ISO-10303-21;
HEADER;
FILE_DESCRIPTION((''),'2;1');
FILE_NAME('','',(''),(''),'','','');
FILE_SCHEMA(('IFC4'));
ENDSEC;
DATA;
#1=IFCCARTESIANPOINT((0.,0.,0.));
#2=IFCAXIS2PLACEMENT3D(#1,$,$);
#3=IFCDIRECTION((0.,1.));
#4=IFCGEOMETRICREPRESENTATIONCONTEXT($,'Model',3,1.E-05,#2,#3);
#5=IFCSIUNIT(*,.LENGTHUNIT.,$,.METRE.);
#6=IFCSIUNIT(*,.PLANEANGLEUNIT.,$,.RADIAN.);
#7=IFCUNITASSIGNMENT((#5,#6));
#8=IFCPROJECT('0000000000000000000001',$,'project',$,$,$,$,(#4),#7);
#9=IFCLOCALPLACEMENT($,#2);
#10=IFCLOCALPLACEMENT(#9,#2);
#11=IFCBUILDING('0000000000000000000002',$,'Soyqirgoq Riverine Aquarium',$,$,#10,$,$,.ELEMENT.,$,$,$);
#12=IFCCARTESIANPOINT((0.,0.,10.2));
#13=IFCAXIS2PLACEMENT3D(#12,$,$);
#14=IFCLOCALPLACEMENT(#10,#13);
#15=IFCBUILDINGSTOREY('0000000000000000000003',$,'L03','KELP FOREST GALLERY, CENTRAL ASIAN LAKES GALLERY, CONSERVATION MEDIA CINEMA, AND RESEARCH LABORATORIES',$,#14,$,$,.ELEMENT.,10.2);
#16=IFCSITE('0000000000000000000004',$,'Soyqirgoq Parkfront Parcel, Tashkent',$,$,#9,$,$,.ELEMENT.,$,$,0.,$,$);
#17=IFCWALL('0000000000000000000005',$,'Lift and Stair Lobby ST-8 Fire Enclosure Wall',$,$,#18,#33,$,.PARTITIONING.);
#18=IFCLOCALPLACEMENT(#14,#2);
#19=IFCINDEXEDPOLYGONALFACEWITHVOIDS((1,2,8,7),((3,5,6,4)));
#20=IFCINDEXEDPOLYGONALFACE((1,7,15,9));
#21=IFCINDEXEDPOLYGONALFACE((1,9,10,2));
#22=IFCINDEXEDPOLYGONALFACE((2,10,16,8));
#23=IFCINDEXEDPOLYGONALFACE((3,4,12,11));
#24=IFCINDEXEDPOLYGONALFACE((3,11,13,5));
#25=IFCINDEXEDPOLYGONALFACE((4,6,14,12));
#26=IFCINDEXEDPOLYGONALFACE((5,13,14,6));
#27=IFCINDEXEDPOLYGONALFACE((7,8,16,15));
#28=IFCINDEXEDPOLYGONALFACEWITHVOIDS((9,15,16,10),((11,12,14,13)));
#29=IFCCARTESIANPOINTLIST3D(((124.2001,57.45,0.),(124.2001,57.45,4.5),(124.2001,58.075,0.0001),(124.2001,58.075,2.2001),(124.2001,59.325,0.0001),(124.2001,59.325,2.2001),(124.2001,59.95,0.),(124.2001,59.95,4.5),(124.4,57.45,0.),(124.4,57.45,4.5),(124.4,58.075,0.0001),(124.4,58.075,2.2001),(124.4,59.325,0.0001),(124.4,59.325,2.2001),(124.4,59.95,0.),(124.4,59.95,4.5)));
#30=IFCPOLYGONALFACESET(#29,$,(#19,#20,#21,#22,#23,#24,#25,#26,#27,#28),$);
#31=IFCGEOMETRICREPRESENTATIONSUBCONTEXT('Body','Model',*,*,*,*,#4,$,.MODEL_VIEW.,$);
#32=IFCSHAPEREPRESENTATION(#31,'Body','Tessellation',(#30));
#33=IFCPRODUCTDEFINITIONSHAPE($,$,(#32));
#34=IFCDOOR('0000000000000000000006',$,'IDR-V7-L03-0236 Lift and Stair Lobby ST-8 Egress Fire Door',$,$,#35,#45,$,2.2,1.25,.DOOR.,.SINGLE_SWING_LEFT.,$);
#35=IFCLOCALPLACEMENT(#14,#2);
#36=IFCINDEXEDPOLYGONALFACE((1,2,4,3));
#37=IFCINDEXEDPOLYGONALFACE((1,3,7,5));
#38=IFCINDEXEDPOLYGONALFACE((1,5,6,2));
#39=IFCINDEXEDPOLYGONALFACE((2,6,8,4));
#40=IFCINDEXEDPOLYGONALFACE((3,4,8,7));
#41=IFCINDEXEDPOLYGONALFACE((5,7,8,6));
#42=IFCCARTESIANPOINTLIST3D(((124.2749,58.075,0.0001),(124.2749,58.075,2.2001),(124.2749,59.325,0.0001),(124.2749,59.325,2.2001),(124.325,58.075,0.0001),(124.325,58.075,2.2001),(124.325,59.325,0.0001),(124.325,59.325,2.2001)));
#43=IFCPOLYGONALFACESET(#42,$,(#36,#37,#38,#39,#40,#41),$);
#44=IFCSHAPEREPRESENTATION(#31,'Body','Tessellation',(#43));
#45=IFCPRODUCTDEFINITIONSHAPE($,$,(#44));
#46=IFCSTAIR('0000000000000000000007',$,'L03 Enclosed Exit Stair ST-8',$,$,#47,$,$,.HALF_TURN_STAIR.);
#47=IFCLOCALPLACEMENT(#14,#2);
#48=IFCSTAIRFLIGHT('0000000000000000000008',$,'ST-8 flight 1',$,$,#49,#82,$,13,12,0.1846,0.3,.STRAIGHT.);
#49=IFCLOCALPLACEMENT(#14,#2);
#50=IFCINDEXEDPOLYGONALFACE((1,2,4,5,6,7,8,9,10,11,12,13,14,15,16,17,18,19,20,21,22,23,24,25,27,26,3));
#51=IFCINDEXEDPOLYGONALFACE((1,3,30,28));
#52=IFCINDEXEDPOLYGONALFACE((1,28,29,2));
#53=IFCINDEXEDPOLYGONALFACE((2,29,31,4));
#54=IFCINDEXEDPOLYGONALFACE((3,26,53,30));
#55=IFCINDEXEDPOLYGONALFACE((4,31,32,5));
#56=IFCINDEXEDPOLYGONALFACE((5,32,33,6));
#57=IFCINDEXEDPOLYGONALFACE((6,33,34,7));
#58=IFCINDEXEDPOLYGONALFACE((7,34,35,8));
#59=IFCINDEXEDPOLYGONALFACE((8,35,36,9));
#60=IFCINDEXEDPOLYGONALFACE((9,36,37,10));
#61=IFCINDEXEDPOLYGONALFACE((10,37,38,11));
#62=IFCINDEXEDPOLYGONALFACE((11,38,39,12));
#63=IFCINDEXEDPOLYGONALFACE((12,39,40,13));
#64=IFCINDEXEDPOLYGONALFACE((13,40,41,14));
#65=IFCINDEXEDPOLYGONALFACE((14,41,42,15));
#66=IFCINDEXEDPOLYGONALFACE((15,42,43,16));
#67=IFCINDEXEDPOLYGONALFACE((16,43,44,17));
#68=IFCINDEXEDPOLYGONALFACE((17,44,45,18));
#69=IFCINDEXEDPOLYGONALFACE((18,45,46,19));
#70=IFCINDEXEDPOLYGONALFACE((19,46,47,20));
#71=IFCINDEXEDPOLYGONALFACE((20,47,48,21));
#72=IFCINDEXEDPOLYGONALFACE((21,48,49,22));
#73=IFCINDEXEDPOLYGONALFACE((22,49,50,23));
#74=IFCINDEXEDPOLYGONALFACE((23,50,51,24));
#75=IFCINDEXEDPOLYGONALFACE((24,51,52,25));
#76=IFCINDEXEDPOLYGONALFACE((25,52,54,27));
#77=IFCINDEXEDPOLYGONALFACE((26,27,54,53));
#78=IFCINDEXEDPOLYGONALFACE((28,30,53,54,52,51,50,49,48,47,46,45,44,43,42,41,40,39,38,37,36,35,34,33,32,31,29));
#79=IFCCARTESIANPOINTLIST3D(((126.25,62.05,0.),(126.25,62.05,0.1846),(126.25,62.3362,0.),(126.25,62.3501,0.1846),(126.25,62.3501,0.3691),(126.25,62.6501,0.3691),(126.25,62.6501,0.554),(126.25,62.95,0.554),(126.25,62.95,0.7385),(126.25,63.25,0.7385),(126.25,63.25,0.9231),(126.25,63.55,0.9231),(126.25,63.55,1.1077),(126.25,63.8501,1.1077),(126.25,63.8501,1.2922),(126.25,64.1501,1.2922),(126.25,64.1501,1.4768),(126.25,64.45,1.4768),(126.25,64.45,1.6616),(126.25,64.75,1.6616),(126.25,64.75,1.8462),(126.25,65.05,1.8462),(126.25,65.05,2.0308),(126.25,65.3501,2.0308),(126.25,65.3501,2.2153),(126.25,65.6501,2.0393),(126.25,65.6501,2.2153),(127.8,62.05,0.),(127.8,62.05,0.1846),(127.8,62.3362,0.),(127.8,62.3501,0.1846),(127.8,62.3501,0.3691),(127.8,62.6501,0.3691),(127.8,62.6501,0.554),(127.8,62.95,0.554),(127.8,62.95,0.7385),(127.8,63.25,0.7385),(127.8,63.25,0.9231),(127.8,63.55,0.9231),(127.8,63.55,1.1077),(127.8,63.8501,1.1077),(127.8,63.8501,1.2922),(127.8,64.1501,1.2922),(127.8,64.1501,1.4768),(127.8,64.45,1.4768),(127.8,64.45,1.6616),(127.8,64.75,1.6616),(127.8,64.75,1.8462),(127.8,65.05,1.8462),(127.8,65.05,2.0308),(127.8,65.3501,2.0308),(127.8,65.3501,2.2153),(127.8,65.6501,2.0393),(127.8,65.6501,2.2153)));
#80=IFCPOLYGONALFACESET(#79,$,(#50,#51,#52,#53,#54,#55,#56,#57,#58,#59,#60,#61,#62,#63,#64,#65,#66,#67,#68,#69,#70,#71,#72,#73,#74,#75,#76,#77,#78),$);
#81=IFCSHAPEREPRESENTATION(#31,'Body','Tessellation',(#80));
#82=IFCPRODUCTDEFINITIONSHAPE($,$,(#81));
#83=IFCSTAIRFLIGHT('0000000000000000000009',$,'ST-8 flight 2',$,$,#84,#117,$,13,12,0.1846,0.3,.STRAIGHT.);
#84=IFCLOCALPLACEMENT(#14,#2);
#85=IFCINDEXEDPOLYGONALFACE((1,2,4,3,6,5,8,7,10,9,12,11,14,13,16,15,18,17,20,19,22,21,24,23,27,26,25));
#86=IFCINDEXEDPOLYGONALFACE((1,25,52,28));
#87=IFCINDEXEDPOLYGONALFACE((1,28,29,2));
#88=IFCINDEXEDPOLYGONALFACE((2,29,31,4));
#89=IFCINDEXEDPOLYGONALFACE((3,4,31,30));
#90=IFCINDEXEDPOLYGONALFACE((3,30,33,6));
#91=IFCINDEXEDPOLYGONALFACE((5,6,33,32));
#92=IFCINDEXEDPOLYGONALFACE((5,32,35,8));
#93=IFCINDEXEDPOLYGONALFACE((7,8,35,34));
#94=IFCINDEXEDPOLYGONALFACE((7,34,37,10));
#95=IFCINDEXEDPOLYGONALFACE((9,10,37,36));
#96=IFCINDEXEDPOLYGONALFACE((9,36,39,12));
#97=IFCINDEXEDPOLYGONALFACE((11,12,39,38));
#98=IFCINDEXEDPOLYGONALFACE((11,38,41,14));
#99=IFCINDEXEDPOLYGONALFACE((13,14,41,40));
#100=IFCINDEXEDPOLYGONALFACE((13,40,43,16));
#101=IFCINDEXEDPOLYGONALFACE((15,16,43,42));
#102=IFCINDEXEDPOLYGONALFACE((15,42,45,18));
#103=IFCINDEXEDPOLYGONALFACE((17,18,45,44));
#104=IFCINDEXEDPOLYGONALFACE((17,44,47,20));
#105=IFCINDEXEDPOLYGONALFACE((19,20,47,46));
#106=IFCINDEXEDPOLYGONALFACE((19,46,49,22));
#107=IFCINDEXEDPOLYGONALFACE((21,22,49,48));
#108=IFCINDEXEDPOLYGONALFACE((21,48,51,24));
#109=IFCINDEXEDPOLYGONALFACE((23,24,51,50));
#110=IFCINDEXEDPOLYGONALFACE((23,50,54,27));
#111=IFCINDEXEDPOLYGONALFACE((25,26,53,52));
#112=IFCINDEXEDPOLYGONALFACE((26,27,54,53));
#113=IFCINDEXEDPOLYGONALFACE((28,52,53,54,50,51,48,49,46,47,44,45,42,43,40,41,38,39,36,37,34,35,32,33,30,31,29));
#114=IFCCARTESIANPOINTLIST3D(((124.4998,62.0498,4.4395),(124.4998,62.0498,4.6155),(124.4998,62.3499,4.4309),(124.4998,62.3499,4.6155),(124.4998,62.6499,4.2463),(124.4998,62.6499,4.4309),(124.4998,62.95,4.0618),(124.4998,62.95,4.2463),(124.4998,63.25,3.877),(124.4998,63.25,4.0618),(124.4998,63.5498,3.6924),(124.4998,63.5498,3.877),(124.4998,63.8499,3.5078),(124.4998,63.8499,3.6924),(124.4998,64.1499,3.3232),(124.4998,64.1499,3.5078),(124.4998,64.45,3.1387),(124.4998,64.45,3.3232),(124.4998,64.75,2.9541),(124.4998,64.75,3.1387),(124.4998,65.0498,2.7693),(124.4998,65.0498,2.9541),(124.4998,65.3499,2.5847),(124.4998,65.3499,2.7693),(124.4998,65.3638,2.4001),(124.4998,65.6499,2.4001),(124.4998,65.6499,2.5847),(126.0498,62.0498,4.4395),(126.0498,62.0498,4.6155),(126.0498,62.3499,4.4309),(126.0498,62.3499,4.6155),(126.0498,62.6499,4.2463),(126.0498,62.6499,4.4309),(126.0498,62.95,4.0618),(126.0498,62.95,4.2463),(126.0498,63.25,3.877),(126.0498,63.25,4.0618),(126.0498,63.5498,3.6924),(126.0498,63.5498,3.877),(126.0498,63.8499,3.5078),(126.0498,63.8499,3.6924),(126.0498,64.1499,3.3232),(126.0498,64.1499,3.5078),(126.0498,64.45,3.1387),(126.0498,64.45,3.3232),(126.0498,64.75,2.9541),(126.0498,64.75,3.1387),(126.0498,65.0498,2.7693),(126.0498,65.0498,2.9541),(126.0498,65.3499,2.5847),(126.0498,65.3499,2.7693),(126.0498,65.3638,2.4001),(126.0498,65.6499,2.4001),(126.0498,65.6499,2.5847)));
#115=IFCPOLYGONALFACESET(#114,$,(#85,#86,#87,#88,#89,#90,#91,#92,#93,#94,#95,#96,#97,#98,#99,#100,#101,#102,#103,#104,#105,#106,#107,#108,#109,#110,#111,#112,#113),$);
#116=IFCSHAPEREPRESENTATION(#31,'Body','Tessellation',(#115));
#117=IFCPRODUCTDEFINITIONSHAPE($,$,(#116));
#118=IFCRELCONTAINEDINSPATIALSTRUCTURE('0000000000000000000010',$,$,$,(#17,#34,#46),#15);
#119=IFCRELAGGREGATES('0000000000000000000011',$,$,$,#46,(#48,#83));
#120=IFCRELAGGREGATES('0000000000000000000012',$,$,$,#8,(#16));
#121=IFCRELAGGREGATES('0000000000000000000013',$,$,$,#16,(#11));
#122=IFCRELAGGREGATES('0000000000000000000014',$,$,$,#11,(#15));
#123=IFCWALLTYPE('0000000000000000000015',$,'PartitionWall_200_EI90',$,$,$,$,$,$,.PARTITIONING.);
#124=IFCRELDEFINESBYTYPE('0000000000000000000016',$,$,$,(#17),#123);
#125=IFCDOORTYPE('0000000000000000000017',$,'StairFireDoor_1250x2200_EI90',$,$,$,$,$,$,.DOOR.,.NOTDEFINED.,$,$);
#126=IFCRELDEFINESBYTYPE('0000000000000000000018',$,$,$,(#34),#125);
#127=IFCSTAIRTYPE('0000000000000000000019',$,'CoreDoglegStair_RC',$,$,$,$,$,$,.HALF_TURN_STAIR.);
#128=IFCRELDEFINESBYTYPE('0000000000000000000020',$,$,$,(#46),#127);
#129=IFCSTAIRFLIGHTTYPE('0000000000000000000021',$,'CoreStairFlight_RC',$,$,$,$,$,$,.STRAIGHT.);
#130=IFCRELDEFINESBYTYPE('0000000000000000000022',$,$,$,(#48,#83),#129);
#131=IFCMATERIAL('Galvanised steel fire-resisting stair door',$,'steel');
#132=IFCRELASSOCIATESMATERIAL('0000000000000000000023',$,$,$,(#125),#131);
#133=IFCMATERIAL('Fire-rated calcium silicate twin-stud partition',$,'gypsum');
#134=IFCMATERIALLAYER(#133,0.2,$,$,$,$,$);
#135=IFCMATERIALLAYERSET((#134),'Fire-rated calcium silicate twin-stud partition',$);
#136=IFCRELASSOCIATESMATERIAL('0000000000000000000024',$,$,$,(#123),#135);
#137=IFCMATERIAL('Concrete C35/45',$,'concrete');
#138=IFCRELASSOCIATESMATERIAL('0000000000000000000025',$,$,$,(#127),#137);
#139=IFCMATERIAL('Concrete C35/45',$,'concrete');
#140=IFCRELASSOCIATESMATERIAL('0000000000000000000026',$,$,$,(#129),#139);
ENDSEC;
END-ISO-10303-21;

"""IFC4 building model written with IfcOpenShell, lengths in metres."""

from ifc_helpers import new_model, si_unit, direction, frame, frame_2d, origin, place, context, subcontext, project, spatial, polyline, rectangle, outline, extrude, material, layer, layer_set, type_object, element, fill, aggregate, save


model = new_model("IFC4")

# Units and contexts
model_context = context("Model", 3, precision=1e-05, world=origin(), true_north=direction((0.0, 1.0)))
body_context = subcontext(model_context, "Body", "Model", "MODEL_VIEW")
ifc_project = project(units=[si_unit("LENGTHUNIT", "METRE"), si_unit("PLANEANGLEUNIT", "RADIAN")], contexts=[model_context])

# Site, building, storey
site_placement = place(None, origin())
site = spatial("IfcSite", under=ifc_project, at=site_placement, Name="Soyqirgoq Parkfront Parcel, Tashkent", CompositionType="ELEMENT", RefElevation=0.0)
building_placement = place(site_placement, origin())
building = spatial("IfcBuilding", under=site, at=building_placement, Name="Soyqirgoq Riverine Aquarium", CompositionType="ELEMENT")
storey_placement = place(building_placement, frame((0.0, 0.0, 10.2)))
storey = spatial("IfcBuildingStorey", under=building, at=storey_placement, Name="L03", Description="KELP FOREST GALLERY, CENTRAL ASIAN LAKES GALLERY, CONSERVATION MEDIA CINEMA, AND RESEARCH LABORATORIES", CompositionType="ELEMENT", Elevation=10.2)

# Shared definitions
ifc_material_1 = material(Name="Galvanised steel fire-resisting stair door", Category="steel")
door_type = type_object("IfcDoorType", Name="StairFireDoor_1250x2200_EI90", OperationType="NOTDEFINED", PredefinedType="DOOR", material=ifc_material_1)

# Wall, opening, door
ifc_material_2 = material(Name="Fire-rated calcium silicate twin-stud partition", Category="gypsum")
ifc_layer_1 = layer(ifc_material_2, 0.2)
ifc_layer_set_1 = layer_set([ifc_layer_1], Name="Fire-rated calcium silicate twin-stud partition")
wall_type_1 = type_object("IfcWallType", Name="PartitionWall_200_EI90", PredefinedType="PARTITIONING", material=ifc_layer_set_1)
wall_1_placement = place(storey_placement, frame((124.3, 59.95, 0.0), z_axis=(0.0, 0.0, 1.0), x_axis=(0.0, -1.0, 0.0)))
wall_1 = element("IfcWall", 1, at=wall_1_placement, inside=storey, type_object=wall_type_1, Name="Lift and Stair Lobby ST-8 Fire Enclosure Wall", PredefinedType="PARTITIONING", context=body_context, shape_type="SweptSolid", body=[
    extrude(rectangle(XDim=2.5, YDim=0.2, at=frame_2d((1.25, 0.0))), origin(), (0.0, 0.0, 1.0), 4.5),
])
opening_1_placement = place(wall_1_placement, frame((0.625, 0.0, 0.0)))
opening_1 = element("IfcOpeningElement", 2, at=opening_1_placement, cuts=wall_1, PredefinedType="OPENING", context=body_context, shape_type="SweptSolid", body=[
    extrude(rectangle(XDim=1.25, YDim=2.2, at=frame_2d((0.625, 1.1001))), frame((0.0, 0.1099, 0.0), z_axis=(0.0, -1.0, 0.0), x_axis=(1.0, 0.0, 0.0)), (0.0, 0.0, 1.0), 0.22),
])
door_1_placement = place(opening_1_placement, origin())
door_1 = element("IfcDoor", 3, at=door_1_placement, inside=storey, type_object=door_type, Name="IDR-V7-L03-0236 Lift and Stair Lobby ST-8 Egress Fire Door", OperationType="SINGLE_SWING_LEFT", OverallHeight=2.2, OverallWidth=1.25, PredefinedType="DOOR", context=body_context, shape_type="SweptSolid", body=[
    extrude(rectangle(XDim=1.25, YDim=2.2, at=frame_2d((0.625, 1.1001))), frame((0.0, 0.0249, 0.0), z_axis=(0.0, -1.0, 0.0), x_axis=(1.0, 0.0, 0.0)), (0.0, 0.0, 1.0), 0.05),
])
fill(opening_1, door_1)

# Stair, stair flights
ifc_material_3 = material(Name="Concrete C35/45", Category="concrete")
stair_type = type_object("IfcStairType", Name="CoreDoglegStair_RC", PredefinedType="HALF_TURN_STAIR", material=ifc_material_3)
stair_placement = place(storey_placement, origin())
stair = element("IfcStair", 4, at=stair_placement, inside=storey, type_object=stair_type, Name="L03 Enclosed Exit Stair ST-8", PredefinedType="HALF_TURN_STAIR")
ifc_material_4 = material(Name="Concrete C35/45", Category="concrete")
stair_flight_type = type_object("IfcStairFlightType", Name="CoreStairFlight_RC", PredefinedType="STRAIGHT", material=ifc_material_4)
stair_flight_1_placement = place(storey_placement, frame((127.0249, 62.05, 0.0), z_axis=(0.0, 0.0, 1.0), x_axis=(0.0, 1.0, 0.0)))
stair_flight_1 = element("IfcStairFlight", 5, at=stair_flight_1_placement, type_object=stair_flight_type, Name="ST-8 flight 1", NumberOfRisers=13, NumberOfTreads=12, PredefinedType="STRAIGHT", RiserHeight=0.1846, TreadLength=0.3, context=body_context, shape_type="SweptSolid", body=[
    extrude(outline(polyline([(0.0, 0.0), (0.0, 0.1846), (0.3, 0.1846), (0.3, 0.3691), (0.6001, 0.3691), (0.6001, 0.554), (0.8999, 0.554), (0.8999, 0.7385), (1.2, 0.7385), (1.2, 0.9231), (1.5, 0.9231), (1.5, 1.1077), (1.8, 1.1077), (1.8, 1.2922), (2.1001, 1.2922), (2.1001, 1.4768), (2.3999, 1.4768), (2.3999, 1.6616), (2.7, 1.6616), (2.7, 1.8462), (3.0, 1.8462), (3.0, 2.0308), (3.3, 2.0308), (3.3, 2.2153), (3.6001, 2.2153), (3.6001, 2.3999), (3.6001, 2.0393), (0.2861, 0.0), (0.0, 0.0)])), frame((0.0, 0.7749, 0.0), z_axis=(0.0, -1.0, 0.0), x_axis=(1.0, 0.0, 0.0)), (0.0, 0.0, 1.0), 1.55),
])
stair_flight_2_placement = place(storey_placement, frame((125.2749, 65.6499, 2.4001), z_axis=(0.0, 0.0, 1.0), x_axis=(0.0, -1.0, 0.0)))
stair_flight_2 = element("IfcStairFlight", 6, at=stair_flight_2_placement, type_object=stair_flight_type, Name="ST-8 flight 2", NumberOfRisers=13, NumberOfTreads=12, PredefinedType="STRAIGHT", RiserHeight=0.1846, TreadLength=0.3, context=body_context, shape_type="SweptSolid", body=[
    extrude(outline(polyline([(0.0, 0.0), (0.0, 0.1846), (0.3, 0.1846), (0.3, 0.3691), (0.6001, 0.3691), (0.6001, 0.554), (0.8999, 0.554), (0.8999, 0.7385), (1.2, 0.7385), (1.2, 0.9231), (1.5, 0.9231), (1.5, 1.1077), (1.8, 1.1077), (1.8, 1.2922), (2.1001, 1.2922), (2.1001, 1.4768), (2.3999, 1.4768), (2.3999, 1.6616), (2.7, 1.6616), (2.7, 1.8462), (3.0, 1.8462), (3.0, 2.0308), (3.3, 2.0308), (3.3, 2.2153), (3.6001, 2.2153), (3.6001, 2.3999), (3.6001, 2.0393), (0.2861, 0.0), (0.0, 0.0)])), frame((0.0, 0.7749, 0.0), z_axis=(0.0, -1.0, 0.0), x_axis=(1.0, 0.0, 0.0)), (0.0, 0.0, 1.0), 1.55),
])
aggregate(stair, [stair_flight_1, stair_flight_2])

save(model, "model.ifc")
